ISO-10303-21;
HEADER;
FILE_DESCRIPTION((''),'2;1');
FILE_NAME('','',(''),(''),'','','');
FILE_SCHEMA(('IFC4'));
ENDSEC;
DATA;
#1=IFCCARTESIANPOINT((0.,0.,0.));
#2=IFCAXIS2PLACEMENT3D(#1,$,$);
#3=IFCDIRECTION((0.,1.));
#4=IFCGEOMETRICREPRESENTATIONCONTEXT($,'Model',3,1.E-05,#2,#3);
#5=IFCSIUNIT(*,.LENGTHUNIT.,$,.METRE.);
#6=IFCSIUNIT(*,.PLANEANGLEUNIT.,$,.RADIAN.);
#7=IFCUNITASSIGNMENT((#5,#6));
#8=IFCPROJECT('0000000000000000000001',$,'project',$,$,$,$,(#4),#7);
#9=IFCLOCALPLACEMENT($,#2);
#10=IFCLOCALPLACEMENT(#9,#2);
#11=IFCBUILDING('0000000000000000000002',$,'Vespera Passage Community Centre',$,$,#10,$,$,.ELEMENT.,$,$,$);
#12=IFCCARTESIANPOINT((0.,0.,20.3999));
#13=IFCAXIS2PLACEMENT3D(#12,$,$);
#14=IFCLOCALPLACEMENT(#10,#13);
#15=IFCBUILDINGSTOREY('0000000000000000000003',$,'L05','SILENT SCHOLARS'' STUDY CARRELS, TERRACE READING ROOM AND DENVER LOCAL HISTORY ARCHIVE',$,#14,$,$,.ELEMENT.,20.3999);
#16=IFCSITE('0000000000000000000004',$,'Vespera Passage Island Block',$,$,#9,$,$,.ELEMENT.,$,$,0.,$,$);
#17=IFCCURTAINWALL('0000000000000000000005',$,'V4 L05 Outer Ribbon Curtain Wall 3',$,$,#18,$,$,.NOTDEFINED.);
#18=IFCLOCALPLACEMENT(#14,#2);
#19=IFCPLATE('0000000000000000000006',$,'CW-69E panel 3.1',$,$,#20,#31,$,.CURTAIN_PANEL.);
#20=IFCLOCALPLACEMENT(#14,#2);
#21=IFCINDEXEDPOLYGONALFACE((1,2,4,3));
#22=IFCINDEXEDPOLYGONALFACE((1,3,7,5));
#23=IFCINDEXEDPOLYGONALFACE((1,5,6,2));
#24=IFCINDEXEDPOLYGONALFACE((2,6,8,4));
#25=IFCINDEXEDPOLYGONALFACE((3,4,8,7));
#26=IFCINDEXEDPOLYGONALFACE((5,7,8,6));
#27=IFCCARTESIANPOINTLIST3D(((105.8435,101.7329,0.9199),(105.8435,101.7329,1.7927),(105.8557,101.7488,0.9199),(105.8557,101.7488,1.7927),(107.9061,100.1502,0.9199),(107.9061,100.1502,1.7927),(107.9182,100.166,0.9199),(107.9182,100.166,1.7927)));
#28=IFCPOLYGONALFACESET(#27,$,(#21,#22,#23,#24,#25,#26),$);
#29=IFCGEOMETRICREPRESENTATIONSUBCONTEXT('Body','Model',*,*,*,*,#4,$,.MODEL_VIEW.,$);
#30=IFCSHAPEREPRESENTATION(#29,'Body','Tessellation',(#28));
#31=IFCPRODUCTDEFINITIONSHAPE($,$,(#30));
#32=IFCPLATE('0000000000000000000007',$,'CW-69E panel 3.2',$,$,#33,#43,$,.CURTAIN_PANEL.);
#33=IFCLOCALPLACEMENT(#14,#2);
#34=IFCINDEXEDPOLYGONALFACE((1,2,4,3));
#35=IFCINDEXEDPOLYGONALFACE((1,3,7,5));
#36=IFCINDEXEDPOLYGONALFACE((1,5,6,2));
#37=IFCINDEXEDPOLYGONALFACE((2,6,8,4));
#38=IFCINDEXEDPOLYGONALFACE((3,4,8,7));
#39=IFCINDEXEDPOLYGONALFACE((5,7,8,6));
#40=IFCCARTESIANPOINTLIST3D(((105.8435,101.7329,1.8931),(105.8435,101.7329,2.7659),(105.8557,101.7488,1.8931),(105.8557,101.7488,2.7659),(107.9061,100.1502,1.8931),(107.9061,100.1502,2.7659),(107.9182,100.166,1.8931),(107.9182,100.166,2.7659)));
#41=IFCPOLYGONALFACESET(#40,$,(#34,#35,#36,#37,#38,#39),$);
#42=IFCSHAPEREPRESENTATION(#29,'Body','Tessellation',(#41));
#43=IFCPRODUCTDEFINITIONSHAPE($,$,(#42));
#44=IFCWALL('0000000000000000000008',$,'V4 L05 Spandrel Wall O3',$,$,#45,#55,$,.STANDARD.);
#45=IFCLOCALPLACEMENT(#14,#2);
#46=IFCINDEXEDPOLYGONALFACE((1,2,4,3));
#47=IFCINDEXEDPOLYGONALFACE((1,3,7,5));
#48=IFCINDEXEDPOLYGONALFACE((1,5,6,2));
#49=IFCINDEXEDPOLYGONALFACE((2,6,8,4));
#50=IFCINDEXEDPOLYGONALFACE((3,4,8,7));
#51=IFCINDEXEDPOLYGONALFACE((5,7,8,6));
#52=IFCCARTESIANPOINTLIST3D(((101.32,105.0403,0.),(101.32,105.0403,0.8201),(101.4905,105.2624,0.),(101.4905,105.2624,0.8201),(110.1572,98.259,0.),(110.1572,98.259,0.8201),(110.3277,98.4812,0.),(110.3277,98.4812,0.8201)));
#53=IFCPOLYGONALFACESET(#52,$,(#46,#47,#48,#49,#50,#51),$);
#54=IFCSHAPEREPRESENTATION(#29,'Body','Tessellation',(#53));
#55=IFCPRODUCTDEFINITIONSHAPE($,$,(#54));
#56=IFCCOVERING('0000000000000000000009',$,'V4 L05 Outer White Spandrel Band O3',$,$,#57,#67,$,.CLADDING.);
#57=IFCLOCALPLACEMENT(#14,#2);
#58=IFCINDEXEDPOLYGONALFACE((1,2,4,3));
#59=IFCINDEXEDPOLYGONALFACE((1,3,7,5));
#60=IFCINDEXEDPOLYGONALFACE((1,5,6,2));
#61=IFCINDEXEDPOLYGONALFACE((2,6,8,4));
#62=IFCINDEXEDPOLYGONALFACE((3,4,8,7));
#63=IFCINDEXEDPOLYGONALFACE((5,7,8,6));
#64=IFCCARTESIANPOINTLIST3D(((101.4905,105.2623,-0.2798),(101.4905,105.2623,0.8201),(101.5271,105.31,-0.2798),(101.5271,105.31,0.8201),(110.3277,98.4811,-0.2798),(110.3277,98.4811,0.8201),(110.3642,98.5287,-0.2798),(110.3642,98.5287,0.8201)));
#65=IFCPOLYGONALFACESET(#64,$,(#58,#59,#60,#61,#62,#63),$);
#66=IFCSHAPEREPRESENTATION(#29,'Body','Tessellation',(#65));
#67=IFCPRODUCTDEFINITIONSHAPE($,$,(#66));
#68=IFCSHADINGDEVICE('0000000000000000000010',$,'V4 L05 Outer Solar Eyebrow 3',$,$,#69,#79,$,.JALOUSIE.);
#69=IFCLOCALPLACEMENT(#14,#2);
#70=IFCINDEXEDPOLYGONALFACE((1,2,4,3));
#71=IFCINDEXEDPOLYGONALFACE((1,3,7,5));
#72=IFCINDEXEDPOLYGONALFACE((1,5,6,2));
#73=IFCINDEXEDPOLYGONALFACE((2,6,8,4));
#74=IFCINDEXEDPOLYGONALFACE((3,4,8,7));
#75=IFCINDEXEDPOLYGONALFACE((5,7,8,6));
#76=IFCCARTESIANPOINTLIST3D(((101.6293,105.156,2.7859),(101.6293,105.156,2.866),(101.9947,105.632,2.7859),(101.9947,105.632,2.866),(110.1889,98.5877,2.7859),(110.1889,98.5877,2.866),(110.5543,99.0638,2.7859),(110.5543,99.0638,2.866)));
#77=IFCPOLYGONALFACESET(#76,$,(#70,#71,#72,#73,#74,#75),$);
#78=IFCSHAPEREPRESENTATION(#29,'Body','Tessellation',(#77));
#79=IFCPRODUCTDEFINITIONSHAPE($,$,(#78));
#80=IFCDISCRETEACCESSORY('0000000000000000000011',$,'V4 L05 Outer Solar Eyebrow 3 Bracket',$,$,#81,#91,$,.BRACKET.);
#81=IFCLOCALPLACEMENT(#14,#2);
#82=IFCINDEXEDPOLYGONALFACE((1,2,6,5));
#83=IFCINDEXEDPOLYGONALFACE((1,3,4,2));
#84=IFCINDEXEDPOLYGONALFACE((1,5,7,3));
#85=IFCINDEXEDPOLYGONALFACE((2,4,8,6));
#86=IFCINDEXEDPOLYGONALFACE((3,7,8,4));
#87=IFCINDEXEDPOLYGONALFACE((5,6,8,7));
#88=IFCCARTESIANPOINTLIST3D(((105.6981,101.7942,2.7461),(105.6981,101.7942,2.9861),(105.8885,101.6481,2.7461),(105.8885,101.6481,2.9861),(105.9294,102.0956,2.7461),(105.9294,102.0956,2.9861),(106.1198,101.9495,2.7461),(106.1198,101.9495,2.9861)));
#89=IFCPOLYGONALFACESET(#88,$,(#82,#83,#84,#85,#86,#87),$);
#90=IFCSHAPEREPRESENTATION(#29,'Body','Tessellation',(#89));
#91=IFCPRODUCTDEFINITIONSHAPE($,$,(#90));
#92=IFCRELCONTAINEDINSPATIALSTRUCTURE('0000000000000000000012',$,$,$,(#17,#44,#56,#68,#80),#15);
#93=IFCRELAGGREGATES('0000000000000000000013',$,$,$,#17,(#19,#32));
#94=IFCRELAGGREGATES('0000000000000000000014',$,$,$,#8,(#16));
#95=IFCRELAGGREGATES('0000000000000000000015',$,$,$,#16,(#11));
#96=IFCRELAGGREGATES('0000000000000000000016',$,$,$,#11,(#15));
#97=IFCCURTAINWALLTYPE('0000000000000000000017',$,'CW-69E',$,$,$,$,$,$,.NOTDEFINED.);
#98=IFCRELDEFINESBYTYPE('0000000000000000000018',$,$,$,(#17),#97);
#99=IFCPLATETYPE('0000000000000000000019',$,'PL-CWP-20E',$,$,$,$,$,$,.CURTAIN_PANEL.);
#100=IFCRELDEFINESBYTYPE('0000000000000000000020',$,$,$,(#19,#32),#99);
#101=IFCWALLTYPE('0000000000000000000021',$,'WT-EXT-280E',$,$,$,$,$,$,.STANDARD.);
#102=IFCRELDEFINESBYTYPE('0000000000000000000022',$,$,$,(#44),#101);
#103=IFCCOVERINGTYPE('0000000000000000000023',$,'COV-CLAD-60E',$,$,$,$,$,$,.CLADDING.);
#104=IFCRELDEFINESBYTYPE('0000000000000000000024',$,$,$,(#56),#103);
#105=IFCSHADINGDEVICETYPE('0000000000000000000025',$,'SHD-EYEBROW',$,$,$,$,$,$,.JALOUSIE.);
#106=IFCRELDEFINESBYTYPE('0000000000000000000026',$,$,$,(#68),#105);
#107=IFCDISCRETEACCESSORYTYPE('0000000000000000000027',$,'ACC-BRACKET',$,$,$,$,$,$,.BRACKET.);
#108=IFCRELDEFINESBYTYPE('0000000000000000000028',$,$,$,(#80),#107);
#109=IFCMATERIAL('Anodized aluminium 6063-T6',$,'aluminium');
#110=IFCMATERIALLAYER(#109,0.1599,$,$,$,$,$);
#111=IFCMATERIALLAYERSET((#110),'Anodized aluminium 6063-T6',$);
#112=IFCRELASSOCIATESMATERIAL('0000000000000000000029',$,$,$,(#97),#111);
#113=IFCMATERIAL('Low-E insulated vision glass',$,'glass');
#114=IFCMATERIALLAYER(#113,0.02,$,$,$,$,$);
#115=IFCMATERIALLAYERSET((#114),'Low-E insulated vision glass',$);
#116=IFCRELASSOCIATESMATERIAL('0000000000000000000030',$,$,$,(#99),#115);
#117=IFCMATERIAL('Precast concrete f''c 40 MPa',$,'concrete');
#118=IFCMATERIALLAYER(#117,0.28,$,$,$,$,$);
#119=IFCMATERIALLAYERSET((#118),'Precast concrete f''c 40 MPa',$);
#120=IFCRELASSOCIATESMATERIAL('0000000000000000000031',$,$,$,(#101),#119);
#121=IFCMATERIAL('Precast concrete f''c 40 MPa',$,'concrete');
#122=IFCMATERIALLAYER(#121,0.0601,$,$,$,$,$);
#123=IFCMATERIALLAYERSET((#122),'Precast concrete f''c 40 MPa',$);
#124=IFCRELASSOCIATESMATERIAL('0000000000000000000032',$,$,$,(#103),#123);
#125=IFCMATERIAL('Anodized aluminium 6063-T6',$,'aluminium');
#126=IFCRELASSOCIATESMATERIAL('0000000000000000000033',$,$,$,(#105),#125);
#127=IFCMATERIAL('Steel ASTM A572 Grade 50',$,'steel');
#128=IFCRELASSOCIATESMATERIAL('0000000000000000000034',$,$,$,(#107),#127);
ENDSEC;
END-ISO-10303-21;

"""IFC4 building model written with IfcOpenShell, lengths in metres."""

from ifc_helpers import new_model, si_unit, direction, frame, frame_2d, origin, origin_2d, place, context, subcontext, project, spatial, rectangle, extrude, material, layer, layer_set, type_object, element, aggregate, save


model = new_model("IFC4")

# Units and contexts
model_context = context("Model", 3, precision=1e-05, world=origin(), true_north=direction((0.0, 1.0)))
body_context = subcontext(model_context, "Body", "Model", "MODEL_VIEW")
ifc_project = project(units=[si_unit("LENGTHUNIT", "METRE"), si_unit("PLANEANGLEUNIT", "RADIAN")], contexts=[model_context])

# Site, building, storey
site_placement = place(None, origin())
site = spatial("IfcSite", under=ifc_project, at=site_placement, Name="Vespera Passage Island Block", CompositionType="ELEMENT", RefElevation=0.0)
building_placement = place(site_placement, origin())
building = spatial("IfcBuilding", under=site, at=building_placement, Name="Vespera Passage Community Centre", CompositionType="ELEMENT")
storey_placement = place(building_placement, frame((0.0, 0.0, 20.3999)))
storey = spatial("IfcBuildingStorey", under=building, at=storey_placement, Name="L05", Description="SILENT SCHOLARS' STUDY CARRELS, TERRACE READING ROOM AND DENVER LOCAL HISTORY ARCHIVE", CompositionType="ELEMENT", Elevation=20.3999)

# Curtain wall, plates
ifc_material_1 = material(Name="Anodized aluminium 6063-T6", Category="aluminium")
ifc_layer_1 = layer(ifc_material_1, 0.1599)
ifc_layer_set_1 = layer_set([ifc_layer_1], Name="Anodized aluminium 6063-T6")
curtain_wall_type = type_object("IfcCurtainWallType", Name="CW-69E", PredefinedType="NOTDEFINED", material=ifc_layer_set_1)
curtain_wall_placement = place(storey_placement, origin())
curtain_wall = element("IfcCurtainWall", 1, at=curtain_wall_placement, inside=storey, type_object=curtain_wall_type, Name="V4 L05 Outer Ribbon Curtain Wall 3", PredefinedType="NOTDEFINED")
ifc_material_2 = material(Name="Low-E insulated vision glass", Category="glass")
ifc_layer_2 = layer(ifc_material_2, 0.02)
ifc_layer_set_2 = layer_set([ifc_layer_2], Name="Low-E insulated vision glass")
plate_type = type_object("IfcPlateType", Name="PL-CWP-20E", PredefinedType="CURTAIN_PANEL", material=ifc_layer_set_2)
plate_1_placement = place(storey_placement, frame((106.8809, 100.9495, 0.9199), z_axis=(0.0, 0.0, 1.0), x_axis=(0.793345, -0.608772, 0.0)))
plate_1 = element("IfcPlate", 2, at=plate_1_placement, type_object=plate_type, Name="CW-69E panel 3.1", PredefinedType="CURTAIN_PANEL", context=body_context, shape_type="SweptSolid", body=[
    extrude(rectangle(XDim=2.5999, YDim=0.02, at=origin_2d()), origin(), (0.0, 0.0, 1.0), 0.8728),
])
plate_2_placement = place(storey_placement, frame((106.8809, 100.9495, 1.8931), z_axis=(0.0, 0.0, 1.0), x_axis=(0.793345, -0.608772, 0.0)))
plate_2 = element("IfcPlate", 3, at=plate_2_placement, type_object=plate_type, Name="CW-69E panel 3.2", PredefinedType="CURTAIN_PANEL", context=body_context, shape_type="SweptSolid", body=[
    extrude(rectangle(XDim=2.5999, YDim=0.02, at=origin_2d()), origin(), (0.0, 0.0, 1.0), 0.8728),
])
aggregate(curtain_wall, [plate_1, plate_2])

# Wall
ifc_material_3 = material(Name="Precast concrete f'c 40 MPa", Category="concrete")
ifc_layer_3 = layer(ifc_material_3, 0.28)
ifc_layer_set_3 = layer_set([ifc_layer_3], Name="Precast concrete f'c 40 MPa")
wall_type = type_object("IfcWallType", Name="WT-EXT-280E", PredefinedType="STANDARD", material=ifc_layer_set_3)
wall_placement = place(storey_placement, frame((101.4053, 105.1514, 0.0), z_axis=(0.0, 0.0, 1.0), x_axis=(0.793342, -0.608776, 0.0)))
element("IfcWall", 4, at=wall_placement, inside=storey, type_object=wall_type, Name="V4 L05 Spandrel Wall O3", PredefinedType="STANDARD", context=body_context, shape_type="SweptSolid", body=[
    extrude(rectangle(XDim=11.1392, YDim=0.28, at=frame_2d((5.5696, 0.0))), origin(), (0.0, 0.0, 1.0), 0.8201),
])

# Covering
ifc_material_4 = material(Name="Precast concrete f'c 40 MPa", Category="concrete")
ifc_layer_4 = layer(ifc_material_4, 0.0601)
ifc_layer_set_4 = layer_set([ifc_layer_4], Name="Precast concrete f'c 40 MPa")
covering_type = type_object("IfcCoveringType", Name="COV-CLAD-60E", PredefinedType="CLADDING", material=ifc_layer_set_4)
covering_placement = place(storey_placement, frame((101.5088, 105.2861, -0.2798), z_axis=(0.0, 0.0, 1.0), x_axis=(0.793342, -0.608776, 0.0)))
element("IfcCovering", 5, at=covering_placement, inside=storey, type_object=covering_type, Name="V4 L05 Outer White Spandrel Band O3", PredefinedType="CLADDING", context=body_context, shape_type="SweptSolid", body=[
    extrude(rectangle(XDim=11.1392, YDim=0.0601, at=frame_2d((5.5696, 0.0))), origin(), (0.0, 0.0, 1.0), 1.0999),
])

# Shading device
ifc_material_5 = material(Name="Anodized aluminium 6063-T6", Category="aluminium")
shading_device_type = type_object("IfcShadingDeviceType", Name="SHD-EYEBROW", PredefinedType="JALOUSIE", material=ifc_material_5)
shading_device_placement = place(storey_placement, frame((106.0918, 102.1099, 2.7859), z_axis=(0.0, 0.0, 1.0), x_axis=(0.793343, -0.608775, 0.0)))
element("IfcShadingDevice", 6, at=shading_device_placement, inside=storey, type_object=shading_device_type, Name="V4 L05 Outer Solar Eyebrow 3", PredefinedType="JALOUSIE", context=body_context, shape_type="SweptSolid", body=[
    extrude(rectangle(XDim=10.7893, YDim=0.6001, at=origin_2d()), origin(), (0.0, 0.0, 1.0), 0.0801),
])

# Discrete accessory
ifc_material_6 = material(Name="Steel ASTM A572 Grade 50", Category="steel")
discrete_accessory_type = type_object("IfcDiscreteAccessoryType", Name="ACC-BRACKET", PredefinedType="BRACKET", material=ifc_material_6)
discrete_accessory_placement = place(storey_placement, frame((105.9089, 101.8718, 2.7461), z_axis=(0.0, 0.0, 1.0), x_axis=(0.793343, -0.608775, 0.0)))
element("IfcDiscreteAccessory", 7, at=discrete_accessory_placement, inside=storey, type_object=discrete_accessory_type, Name="V4 L05 Outer Solar Eyebrow 3 Bracket", PredefinedType="BRACKET", context=body_context, shape_type="SweptSolid", body=[
    extrude(rectangle(XDim=0.24, YDim=0.3799, at=origin_2d()), origin(), (0.0, 0.0, 1.0), 0.24),
])

save(model, "model.ifc")
